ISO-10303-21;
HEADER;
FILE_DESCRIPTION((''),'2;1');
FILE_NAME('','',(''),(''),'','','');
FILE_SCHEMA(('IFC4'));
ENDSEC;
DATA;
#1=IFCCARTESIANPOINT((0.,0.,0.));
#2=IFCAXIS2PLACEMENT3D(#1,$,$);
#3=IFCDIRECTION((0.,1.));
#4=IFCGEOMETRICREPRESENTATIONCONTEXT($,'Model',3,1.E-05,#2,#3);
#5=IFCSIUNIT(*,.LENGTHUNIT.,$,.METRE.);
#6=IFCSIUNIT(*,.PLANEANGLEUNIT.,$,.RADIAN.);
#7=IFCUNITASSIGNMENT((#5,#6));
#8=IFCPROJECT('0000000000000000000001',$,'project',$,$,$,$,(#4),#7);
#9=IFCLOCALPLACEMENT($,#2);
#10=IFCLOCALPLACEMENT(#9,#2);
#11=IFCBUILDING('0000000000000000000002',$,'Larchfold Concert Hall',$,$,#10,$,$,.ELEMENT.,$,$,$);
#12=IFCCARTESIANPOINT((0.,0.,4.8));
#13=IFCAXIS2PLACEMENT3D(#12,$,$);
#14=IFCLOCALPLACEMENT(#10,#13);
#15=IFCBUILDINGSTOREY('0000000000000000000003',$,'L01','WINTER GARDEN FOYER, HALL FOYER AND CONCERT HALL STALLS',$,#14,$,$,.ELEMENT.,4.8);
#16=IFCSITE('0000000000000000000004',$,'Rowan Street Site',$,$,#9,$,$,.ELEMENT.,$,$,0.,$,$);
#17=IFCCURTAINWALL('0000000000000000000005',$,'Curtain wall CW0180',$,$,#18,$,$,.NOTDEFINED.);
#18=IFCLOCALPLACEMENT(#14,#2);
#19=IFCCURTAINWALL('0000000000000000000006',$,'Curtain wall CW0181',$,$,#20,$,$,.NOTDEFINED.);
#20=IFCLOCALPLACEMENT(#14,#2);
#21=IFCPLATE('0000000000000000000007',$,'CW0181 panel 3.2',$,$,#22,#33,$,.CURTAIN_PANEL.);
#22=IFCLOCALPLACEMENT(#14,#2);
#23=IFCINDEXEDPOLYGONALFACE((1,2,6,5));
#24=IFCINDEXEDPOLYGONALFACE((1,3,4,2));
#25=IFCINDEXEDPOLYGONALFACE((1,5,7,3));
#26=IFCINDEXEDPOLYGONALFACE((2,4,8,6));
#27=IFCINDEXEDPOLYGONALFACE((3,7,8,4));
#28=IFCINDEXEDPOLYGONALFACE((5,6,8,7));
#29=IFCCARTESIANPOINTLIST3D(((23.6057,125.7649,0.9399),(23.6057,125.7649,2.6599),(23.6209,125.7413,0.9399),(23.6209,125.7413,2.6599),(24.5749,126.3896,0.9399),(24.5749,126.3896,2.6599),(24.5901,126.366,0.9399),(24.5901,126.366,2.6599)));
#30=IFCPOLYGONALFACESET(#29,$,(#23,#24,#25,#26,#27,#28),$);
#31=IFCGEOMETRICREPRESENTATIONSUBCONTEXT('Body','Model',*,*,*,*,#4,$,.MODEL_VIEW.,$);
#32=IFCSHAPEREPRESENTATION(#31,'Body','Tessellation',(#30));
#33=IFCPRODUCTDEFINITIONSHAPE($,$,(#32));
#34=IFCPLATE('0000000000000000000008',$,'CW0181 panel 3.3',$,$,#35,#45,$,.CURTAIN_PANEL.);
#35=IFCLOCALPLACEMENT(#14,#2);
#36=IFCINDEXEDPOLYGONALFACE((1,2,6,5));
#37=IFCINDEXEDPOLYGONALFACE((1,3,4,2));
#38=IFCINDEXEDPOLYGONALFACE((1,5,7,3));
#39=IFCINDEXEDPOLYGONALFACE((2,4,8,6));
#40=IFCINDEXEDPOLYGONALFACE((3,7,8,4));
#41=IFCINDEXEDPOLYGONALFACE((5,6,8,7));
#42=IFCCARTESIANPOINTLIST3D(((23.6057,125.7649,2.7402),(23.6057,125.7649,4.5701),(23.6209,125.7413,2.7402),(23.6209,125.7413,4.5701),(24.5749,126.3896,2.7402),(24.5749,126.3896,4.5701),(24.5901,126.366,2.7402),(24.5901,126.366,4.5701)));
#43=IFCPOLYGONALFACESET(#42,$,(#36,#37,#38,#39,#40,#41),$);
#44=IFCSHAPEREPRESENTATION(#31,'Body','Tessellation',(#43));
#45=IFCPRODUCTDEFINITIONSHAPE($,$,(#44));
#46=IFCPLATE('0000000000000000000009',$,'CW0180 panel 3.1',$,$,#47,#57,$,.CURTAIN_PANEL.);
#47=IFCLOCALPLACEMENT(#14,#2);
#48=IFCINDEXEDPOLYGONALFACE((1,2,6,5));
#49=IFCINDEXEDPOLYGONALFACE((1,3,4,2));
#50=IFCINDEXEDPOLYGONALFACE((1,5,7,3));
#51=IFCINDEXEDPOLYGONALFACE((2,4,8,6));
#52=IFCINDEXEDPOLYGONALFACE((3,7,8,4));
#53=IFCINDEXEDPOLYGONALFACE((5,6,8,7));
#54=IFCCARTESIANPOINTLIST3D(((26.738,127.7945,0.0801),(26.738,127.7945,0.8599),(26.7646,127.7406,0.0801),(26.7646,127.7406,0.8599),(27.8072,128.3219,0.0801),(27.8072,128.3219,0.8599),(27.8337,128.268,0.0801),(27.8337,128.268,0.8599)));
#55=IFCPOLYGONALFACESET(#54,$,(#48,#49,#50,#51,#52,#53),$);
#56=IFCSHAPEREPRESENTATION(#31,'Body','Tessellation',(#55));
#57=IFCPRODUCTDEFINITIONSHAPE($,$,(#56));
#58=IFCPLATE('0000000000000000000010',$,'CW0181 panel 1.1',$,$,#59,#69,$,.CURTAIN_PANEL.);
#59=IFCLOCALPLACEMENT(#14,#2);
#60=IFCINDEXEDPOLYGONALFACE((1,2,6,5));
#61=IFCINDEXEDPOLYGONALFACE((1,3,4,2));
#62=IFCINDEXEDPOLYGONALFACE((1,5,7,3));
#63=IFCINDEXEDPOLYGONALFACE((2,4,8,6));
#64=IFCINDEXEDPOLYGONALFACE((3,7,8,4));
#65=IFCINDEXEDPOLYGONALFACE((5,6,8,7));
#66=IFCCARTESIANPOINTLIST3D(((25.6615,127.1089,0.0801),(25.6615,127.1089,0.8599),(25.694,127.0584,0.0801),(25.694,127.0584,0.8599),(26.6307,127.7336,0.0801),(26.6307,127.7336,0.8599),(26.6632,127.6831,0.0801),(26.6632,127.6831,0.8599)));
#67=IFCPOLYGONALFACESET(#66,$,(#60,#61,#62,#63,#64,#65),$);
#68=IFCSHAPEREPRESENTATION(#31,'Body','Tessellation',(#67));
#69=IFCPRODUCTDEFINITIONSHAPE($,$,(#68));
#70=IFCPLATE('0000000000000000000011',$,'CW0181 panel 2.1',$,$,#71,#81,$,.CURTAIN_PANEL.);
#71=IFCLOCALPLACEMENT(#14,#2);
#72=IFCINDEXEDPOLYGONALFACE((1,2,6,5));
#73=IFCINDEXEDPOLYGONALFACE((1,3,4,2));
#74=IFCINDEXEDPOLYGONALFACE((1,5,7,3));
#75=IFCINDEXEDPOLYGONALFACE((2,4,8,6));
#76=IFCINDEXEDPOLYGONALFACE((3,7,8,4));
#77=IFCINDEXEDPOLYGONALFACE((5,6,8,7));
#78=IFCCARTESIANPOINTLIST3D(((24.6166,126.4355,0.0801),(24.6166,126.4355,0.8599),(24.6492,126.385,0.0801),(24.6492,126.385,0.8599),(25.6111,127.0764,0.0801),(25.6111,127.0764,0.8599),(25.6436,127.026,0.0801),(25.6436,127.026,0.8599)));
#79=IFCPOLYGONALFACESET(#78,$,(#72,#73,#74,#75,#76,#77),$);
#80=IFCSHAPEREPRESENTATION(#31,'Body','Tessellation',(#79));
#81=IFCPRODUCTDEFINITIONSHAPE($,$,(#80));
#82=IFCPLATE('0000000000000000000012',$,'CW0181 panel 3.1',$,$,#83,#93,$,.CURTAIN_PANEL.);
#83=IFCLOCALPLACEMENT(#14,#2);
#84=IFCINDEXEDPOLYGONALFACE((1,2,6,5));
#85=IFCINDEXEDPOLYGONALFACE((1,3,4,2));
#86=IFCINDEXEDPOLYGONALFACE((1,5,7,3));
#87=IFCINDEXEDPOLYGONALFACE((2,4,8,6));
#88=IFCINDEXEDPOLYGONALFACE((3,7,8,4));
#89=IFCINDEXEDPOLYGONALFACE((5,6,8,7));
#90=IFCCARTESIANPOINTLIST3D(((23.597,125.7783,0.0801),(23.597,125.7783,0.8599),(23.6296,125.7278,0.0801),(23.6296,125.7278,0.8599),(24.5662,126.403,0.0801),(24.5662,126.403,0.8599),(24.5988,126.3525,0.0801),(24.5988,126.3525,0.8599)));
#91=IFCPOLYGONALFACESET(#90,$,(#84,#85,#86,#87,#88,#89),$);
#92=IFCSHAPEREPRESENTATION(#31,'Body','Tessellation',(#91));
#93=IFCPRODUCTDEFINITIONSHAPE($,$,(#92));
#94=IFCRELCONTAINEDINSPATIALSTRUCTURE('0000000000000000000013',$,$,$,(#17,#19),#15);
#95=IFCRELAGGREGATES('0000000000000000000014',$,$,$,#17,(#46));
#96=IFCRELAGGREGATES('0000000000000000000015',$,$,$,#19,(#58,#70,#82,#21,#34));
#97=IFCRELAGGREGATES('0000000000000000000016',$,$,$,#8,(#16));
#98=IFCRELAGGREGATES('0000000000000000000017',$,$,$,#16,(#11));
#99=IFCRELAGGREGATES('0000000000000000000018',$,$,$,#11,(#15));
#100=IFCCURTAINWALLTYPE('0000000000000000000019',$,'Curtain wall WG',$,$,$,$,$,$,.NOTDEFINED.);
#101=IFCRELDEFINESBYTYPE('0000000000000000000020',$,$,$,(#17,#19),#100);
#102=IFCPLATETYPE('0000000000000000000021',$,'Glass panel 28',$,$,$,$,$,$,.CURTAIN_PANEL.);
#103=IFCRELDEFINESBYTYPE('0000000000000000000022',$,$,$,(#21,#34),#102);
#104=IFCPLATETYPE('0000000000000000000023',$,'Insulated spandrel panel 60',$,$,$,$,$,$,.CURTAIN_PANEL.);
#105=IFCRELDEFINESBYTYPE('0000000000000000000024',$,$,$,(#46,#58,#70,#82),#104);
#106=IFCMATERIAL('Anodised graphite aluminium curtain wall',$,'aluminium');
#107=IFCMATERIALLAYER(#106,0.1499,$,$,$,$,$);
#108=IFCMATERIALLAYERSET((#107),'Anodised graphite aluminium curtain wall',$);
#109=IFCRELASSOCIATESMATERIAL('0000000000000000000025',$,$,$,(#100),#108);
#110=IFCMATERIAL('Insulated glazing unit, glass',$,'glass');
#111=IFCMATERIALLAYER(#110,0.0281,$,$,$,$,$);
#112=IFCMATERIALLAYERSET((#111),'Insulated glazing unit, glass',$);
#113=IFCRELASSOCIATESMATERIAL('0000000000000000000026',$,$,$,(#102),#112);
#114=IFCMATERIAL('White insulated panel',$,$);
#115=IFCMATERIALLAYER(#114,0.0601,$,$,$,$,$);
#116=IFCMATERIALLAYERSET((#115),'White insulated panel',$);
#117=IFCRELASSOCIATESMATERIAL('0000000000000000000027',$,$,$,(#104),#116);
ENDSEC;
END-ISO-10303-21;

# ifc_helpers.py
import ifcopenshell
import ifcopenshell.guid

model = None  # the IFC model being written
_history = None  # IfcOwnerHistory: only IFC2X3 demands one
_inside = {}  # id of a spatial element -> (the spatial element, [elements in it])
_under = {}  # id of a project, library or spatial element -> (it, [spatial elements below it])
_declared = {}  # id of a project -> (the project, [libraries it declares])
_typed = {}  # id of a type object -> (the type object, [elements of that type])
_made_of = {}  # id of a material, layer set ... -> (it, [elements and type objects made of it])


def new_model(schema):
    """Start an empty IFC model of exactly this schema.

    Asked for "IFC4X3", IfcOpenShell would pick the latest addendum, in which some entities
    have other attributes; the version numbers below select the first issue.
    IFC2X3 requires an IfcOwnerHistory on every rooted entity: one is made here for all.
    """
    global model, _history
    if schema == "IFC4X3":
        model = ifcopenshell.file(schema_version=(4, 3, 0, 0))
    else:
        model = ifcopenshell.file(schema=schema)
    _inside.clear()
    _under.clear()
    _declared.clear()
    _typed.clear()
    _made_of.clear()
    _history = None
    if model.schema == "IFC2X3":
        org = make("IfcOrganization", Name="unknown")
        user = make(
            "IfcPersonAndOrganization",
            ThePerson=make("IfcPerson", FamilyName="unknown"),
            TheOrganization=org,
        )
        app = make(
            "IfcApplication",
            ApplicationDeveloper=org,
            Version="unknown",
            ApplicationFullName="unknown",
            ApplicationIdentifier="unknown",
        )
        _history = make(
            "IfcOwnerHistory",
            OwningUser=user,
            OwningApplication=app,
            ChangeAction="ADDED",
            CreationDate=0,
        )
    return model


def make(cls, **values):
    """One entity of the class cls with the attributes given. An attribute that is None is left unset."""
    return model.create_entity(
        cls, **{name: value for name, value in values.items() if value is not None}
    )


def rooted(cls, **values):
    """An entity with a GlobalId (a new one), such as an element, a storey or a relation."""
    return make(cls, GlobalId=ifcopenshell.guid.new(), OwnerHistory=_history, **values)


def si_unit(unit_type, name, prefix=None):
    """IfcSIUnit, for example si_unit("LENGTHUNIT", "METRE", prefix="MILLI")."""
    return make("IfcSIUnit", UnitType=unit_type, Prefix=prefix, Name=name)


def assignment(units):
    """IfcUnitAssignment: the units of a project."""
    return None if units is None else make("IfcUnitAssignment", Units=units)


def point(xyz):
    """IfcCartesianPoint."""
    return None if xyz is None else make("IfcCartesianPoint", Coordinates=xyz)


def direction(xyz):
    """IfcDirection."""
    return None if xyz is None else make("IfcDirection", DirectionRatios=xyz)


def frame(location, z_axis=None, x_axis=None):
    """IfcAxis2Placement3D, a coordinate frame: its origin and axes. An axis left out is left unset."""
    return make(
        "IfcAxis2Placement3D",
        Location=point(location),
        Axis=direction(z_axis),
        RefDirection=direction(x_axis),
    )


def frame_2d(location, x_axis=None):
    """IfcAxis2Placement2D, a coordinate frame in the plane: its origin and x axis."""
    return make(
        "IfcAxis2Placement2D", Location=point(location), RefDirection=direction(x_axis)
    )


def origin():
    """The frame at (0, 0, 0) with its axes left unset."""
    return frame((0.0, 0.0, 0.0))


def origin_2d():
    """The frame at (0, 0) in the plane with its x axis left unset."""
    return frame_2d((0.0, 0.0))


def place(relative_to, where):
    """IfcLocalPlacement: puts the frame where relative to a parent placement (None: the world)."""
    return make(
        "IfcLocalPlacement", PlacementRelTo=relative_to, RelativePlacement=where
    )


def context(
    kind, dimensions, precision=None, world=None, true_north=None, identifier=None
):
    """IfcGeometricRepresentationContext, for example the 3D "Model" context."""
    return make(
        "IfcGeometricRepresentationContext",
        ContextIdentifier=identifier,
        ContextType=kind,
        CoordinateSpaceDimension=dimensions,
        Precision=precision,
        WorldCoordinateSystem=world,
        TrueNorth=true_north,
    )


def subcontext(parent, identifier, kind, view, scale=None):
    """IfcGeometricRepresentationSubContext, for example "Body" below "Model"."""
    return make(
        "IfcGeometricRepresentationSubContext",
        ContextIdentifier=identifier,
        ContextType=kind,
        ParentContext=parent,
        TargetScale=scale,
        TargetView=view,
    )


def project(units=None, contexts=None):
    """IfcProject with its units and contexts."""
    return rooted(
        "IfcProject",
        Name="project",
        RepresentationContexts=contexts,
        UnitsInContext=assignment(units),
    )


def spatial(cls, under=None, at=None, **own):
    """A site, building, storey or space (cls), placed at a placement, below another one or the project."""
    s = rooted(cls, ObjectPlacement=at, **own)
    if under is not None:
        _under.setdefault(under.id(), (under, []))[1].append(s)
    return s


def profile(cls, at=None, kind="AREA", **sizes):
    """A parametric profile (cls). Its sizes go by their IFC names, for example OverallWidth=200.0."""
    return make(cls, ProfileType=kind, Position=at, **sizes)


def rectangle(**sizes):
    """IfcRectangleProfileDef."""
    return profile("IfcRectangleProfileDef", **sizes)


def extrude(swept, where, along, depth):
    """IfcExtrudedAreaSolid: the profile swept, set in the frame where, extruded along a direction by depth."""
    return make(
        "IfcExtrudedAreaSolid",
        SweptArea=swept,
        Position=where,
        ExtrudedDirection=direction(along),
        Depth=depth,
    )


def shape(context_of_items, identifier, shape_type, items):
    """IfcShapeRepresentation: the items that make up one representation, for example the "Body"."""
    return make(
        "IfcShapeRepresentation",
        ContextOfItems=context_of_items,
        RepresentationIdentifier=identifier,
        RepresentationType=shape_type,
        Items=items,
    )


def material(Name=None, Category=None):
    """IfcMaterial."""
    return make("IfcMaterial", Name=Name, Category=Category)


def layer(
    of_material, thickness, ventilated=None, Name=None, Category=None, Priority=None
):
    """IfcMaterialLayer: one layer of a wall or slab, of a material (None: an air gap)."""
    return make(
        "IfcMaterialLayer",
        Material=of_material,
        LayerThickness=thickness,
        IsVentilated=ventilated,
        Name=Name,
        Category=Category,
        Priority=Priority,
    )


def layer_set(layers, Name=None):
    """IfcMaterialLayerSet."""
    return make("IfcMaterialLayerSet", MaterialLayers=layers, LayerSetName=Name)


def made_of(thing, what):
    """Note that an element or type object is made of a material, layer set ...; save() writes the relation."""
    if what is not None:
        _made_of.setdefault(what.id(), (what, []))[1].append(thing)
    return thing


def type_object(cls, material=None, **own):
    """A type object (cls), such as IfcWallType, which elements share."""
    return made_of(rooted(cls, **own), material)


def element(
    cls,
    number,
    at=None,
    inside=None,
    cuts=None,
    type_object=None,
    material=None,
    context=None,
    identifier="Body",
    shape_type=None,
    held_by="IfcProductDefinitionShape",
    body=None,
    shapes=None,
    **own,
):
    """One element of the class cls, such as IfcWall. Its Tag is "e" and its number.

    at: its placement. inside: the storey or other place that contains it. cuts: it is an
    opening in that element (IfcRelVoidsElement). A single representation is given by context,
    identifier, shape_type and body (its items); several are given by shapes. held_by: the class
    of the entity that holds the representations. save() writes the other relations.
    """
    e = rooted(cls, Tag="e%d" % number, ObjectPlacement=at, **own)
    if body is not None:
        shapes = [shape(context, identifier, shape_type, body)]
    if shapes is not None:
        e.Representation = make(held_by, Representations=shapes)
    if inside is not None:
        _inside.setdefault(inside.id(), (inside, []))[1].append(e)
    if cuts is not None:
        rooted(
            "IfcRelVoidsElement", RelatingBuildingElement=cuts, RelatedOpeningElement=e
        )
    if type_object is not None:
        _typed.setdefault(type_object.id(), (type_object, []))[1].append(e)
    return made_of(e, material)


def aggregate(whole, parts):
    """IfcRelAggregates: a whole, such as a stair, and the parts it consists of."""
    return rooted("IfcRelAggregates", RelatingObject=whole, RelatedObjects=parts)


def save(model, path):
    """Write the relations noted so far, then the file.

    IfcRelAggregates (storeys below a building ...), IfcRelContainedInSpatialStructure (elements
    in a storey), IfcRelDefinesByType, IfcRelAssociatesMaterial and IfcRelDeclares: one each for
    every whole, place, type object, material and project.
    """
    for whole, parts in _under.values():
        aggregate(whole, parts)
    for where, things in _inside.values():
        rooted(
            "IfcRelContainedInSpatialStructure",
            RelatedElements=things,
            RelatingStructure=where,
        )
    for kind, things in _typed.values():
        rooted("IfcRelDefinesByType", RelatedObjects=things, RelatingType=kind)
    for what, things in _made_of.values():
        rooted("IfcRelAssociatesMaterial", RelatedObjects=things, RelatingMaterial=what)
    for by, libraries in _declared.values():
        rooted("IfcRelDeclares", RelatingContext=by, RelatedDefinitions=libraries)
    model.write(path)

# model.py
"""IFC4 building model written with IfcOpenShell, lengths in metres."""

from ifc_helpers import new_model, si_unit, direction, frame, origin, origin_2d, place, context, subcontext, project, spatial, rectangle, extrude, material, layer, layer_set, type_object, element, aggregate, save


model = new_model("IFC4")

# Units and contexts
model_context = context("Model", 3, precision=1e-05, world=origin(), true_north=direction((0.0, 1.0)))
body_context = subcontext(model_context, "Body", "Model", "MODEL_VIEW")
ifc_project = project(units=[si_unit("LENGTHUNIT", "METRE"), si_unit("PLANEANGLEUNIT", "RADIAN")], contexts=[model_context])

# Site, building, storey
site_placement = place(None, origin())
site = spatial("IfcSite", under=ifc_project, at=site_placement, Name="Rowan Street Site", CompositionType="ELEMENT", RefElevation=0.0)
building_placement = place(site_placement, origin())
building = spatial("IfcBuilding", under=site, at=building_placement, Name="Larchfold Concert Hall", CompositionType="ELEMENT")
storey_placement = place(building_placement, frame((0.0, 0.0, 4.8)))
storey = spatial("IfcBuildingStorey", under=building, at=storey_placement, Name="L01", Description="WINTER GARDEN FOYER, HALL FOYER AND CONCERT HALL STALLS", CompositionType="ELEMENT", Elevation=4.8)

# Curtain walls
ifc_material_1 = material(Name="Anodised graphite aluminium curtain wall", Category="aluminium")
ifc_layer_1 = layer(ifc_material_1, 0.1499)
ifc_layer_set_1 = layer_set([ifc_layer_1], Name="Anodised graphite aluminium curtain wall")
curtain_wall_type = type_object("IfcCurtainWallType", Name="Curtain wall WG", PredefinedType="NOTDEFINED", material=ifc_layer_set_1)
curtain_wall_1_placement = place(storey_placement, origin())
curtain_wall_1 = element("IfcCurtainWall", 1, at=curtain_wall_1_placement, inside=storey, type_object=curtain_wall_type, Name="Curtain wall CW0180", PredefinedType="NOTDEFINED")
curtain_wall_2_placement = place(storey_placement, origin())
curtain_wall_2 = element("IfcCurtainWall", 2, at=curtain_wall_2_placement, inside=storey, type_object=curtain_wall_type, Name="Curtain wall CW0181", PredefinedType="NOTDEFINED")

# Plates
ifc_material_2 = material(Name="Insulated glazing unit, glass", Category="glass")
ifc_layer_2 = layer(ifc_material_2, 0.0281)
ifc_layer_set_2 = layer_set([ifc_layer_2], Name="Insulated glazing unit, glass")
plate_type_1 = type_object("IfcPlateType", Name="Glass panel 28", PredefinedType="CURTAIN_PANEL", material=ifc_layer_set_2)
plate_1_placement = place(storey_placement, frame((24.0979, 126.0654, 0.9399), z_axis=(0.0, 0.0, 1.0), x_axis=(-0.840531, -0.541763, 0.0)))
plate_1 = element("IfcPlate", 3, at=plate_1_placement, type_object=plate_type_1, Name="CW0181 panel 3.2", PredefinedType="CURTAIN_PANEL", context=body_context, shape_type="SweptSolid", body=[
    extrude(rectangle(XDim=1.1531, YDim=0.0281, at=origin_2d()), origin(), (0.0, 0.0, 1.0), 1.72),
])
plate_2_placement = place(storey_placement, frame((24.0979, 126.0654, 2.7402), z_axis=(0.0, 0.0, 1.0), x_axis=(-0.840531, -0.541763, 0.0)))
plate_2 = element("IfcPlate", 4, at=plate_2_placement, type_object=plate_type_1, Name="CW0181 panel 3.3", PredefinedType="CURTAIN_PANEL", context=body_context, shape_type="SweptSolid", body=[
    extrude(rectangle(XDim=1.1531, YDim=0.0281, at=origin_2d()), origin(), (0.0, 0.0, 1.0), 1.8298),
])
ifc_material_3 = material(Name="White insulated panel")
ifc_layer_3 = layer(ifc_material_3, 0.0601)
ifc_layer_set_3 = layer_set([ifc_layer_3], Name="White insulated panel")
plate_type_2 = type_object("IfcPlateType", Name="Insulated spandrel panel 60", PredefinedType="CURTAIN_PANEL", material=ifc_layer_set_3)
plate_3_placement = place(storey_placement, frame((27.2859, 128.0312, 0.0801), z_axis=(0.0, 0.0, 1.0), x_axis=(-0.896826, -0.442383, 0.0)))
plate_3 = element("IfcPlate", 5, at=plate_3_placement, type_object=plate_type_2, Name="CW0180 panel 3.1", PredefinedType="CURTAIN_PANEL", context=body_context, shape_type="SweptSolid", body=[
    extrude(rectangle(XDim=1.1921, YDim=0.0601, at=origin_2d()), origin(), (0.0, 0.0, 1.0), 0.7798),
])
aggregate(curtain_wall_1, [plate_3])
plate_4_placement = place(storey_placement, frame((26.1624, 127.396, 0.0801), z_axis=(0.0, 0.0, 1.0), x_axis=(-0.840531, -0.541763, 0.0)))
plate_4 = element("IfcPlate", 6, at=plate_4_placement, type_object=plate_type_2, Name="CW0181 panel 1.1", PredefinedType="CURTAIN_PANEL", context=body_context, shape_type="SweptSolid", body=[
    extrude(rectangle(XDim=1.1531, YDim=0.0601, at=origin_2d()), origin(), (0.0, 0.0, 1.0), 0.7798),
])
plate_5_placement = place(storey_placement, frame((25.1301, 126.7307, 0.0801), z_axis=(0.0, 0.0, 1.0), x_axis=(-0.840531, -0.541763, 0.0)))
plate_5 = element("IfcPlate", 7, at=plate_5_placement, type_object=plate_type_2, Name="CW0181 panel 2.1", PredefinedType="CURTAIN_PANEL", context=body_context, shape_type="SweptSolid", body=[
    extrude(rectangle(XDim=1.1831, YDim=0.0601, at=origin_2d()), origin(), (0.0, 0.0, 1.0), 0.7798),
])
plate_6_placement = place(storey_placement, frame((24.0979, 126.0654, 0.0801), z_axis=(0.0, 0.0, 1.0), x_axis=(-0.840531, -0.541763, 0.0)))
plate_6 = element("IfcPlate", 8, at=plate_6_placement, type_object=plate_type_2, Name="CW0181 panel 3.1", PredefinedType="CURTAIN_PANEL", context=body_context, shape_type="SweptSolid", body=[
    extrude(rectangle(XDim=1.1531, YDim=0.0601, at=origin_2d()), origin(), (0.0, 0.0, 1.0), 0.7798),
])
aggregate(curtain_wall_2, [plate_4, plate_5, plate_6, plate_1, plate_2])

save(model, "model.ifc")
